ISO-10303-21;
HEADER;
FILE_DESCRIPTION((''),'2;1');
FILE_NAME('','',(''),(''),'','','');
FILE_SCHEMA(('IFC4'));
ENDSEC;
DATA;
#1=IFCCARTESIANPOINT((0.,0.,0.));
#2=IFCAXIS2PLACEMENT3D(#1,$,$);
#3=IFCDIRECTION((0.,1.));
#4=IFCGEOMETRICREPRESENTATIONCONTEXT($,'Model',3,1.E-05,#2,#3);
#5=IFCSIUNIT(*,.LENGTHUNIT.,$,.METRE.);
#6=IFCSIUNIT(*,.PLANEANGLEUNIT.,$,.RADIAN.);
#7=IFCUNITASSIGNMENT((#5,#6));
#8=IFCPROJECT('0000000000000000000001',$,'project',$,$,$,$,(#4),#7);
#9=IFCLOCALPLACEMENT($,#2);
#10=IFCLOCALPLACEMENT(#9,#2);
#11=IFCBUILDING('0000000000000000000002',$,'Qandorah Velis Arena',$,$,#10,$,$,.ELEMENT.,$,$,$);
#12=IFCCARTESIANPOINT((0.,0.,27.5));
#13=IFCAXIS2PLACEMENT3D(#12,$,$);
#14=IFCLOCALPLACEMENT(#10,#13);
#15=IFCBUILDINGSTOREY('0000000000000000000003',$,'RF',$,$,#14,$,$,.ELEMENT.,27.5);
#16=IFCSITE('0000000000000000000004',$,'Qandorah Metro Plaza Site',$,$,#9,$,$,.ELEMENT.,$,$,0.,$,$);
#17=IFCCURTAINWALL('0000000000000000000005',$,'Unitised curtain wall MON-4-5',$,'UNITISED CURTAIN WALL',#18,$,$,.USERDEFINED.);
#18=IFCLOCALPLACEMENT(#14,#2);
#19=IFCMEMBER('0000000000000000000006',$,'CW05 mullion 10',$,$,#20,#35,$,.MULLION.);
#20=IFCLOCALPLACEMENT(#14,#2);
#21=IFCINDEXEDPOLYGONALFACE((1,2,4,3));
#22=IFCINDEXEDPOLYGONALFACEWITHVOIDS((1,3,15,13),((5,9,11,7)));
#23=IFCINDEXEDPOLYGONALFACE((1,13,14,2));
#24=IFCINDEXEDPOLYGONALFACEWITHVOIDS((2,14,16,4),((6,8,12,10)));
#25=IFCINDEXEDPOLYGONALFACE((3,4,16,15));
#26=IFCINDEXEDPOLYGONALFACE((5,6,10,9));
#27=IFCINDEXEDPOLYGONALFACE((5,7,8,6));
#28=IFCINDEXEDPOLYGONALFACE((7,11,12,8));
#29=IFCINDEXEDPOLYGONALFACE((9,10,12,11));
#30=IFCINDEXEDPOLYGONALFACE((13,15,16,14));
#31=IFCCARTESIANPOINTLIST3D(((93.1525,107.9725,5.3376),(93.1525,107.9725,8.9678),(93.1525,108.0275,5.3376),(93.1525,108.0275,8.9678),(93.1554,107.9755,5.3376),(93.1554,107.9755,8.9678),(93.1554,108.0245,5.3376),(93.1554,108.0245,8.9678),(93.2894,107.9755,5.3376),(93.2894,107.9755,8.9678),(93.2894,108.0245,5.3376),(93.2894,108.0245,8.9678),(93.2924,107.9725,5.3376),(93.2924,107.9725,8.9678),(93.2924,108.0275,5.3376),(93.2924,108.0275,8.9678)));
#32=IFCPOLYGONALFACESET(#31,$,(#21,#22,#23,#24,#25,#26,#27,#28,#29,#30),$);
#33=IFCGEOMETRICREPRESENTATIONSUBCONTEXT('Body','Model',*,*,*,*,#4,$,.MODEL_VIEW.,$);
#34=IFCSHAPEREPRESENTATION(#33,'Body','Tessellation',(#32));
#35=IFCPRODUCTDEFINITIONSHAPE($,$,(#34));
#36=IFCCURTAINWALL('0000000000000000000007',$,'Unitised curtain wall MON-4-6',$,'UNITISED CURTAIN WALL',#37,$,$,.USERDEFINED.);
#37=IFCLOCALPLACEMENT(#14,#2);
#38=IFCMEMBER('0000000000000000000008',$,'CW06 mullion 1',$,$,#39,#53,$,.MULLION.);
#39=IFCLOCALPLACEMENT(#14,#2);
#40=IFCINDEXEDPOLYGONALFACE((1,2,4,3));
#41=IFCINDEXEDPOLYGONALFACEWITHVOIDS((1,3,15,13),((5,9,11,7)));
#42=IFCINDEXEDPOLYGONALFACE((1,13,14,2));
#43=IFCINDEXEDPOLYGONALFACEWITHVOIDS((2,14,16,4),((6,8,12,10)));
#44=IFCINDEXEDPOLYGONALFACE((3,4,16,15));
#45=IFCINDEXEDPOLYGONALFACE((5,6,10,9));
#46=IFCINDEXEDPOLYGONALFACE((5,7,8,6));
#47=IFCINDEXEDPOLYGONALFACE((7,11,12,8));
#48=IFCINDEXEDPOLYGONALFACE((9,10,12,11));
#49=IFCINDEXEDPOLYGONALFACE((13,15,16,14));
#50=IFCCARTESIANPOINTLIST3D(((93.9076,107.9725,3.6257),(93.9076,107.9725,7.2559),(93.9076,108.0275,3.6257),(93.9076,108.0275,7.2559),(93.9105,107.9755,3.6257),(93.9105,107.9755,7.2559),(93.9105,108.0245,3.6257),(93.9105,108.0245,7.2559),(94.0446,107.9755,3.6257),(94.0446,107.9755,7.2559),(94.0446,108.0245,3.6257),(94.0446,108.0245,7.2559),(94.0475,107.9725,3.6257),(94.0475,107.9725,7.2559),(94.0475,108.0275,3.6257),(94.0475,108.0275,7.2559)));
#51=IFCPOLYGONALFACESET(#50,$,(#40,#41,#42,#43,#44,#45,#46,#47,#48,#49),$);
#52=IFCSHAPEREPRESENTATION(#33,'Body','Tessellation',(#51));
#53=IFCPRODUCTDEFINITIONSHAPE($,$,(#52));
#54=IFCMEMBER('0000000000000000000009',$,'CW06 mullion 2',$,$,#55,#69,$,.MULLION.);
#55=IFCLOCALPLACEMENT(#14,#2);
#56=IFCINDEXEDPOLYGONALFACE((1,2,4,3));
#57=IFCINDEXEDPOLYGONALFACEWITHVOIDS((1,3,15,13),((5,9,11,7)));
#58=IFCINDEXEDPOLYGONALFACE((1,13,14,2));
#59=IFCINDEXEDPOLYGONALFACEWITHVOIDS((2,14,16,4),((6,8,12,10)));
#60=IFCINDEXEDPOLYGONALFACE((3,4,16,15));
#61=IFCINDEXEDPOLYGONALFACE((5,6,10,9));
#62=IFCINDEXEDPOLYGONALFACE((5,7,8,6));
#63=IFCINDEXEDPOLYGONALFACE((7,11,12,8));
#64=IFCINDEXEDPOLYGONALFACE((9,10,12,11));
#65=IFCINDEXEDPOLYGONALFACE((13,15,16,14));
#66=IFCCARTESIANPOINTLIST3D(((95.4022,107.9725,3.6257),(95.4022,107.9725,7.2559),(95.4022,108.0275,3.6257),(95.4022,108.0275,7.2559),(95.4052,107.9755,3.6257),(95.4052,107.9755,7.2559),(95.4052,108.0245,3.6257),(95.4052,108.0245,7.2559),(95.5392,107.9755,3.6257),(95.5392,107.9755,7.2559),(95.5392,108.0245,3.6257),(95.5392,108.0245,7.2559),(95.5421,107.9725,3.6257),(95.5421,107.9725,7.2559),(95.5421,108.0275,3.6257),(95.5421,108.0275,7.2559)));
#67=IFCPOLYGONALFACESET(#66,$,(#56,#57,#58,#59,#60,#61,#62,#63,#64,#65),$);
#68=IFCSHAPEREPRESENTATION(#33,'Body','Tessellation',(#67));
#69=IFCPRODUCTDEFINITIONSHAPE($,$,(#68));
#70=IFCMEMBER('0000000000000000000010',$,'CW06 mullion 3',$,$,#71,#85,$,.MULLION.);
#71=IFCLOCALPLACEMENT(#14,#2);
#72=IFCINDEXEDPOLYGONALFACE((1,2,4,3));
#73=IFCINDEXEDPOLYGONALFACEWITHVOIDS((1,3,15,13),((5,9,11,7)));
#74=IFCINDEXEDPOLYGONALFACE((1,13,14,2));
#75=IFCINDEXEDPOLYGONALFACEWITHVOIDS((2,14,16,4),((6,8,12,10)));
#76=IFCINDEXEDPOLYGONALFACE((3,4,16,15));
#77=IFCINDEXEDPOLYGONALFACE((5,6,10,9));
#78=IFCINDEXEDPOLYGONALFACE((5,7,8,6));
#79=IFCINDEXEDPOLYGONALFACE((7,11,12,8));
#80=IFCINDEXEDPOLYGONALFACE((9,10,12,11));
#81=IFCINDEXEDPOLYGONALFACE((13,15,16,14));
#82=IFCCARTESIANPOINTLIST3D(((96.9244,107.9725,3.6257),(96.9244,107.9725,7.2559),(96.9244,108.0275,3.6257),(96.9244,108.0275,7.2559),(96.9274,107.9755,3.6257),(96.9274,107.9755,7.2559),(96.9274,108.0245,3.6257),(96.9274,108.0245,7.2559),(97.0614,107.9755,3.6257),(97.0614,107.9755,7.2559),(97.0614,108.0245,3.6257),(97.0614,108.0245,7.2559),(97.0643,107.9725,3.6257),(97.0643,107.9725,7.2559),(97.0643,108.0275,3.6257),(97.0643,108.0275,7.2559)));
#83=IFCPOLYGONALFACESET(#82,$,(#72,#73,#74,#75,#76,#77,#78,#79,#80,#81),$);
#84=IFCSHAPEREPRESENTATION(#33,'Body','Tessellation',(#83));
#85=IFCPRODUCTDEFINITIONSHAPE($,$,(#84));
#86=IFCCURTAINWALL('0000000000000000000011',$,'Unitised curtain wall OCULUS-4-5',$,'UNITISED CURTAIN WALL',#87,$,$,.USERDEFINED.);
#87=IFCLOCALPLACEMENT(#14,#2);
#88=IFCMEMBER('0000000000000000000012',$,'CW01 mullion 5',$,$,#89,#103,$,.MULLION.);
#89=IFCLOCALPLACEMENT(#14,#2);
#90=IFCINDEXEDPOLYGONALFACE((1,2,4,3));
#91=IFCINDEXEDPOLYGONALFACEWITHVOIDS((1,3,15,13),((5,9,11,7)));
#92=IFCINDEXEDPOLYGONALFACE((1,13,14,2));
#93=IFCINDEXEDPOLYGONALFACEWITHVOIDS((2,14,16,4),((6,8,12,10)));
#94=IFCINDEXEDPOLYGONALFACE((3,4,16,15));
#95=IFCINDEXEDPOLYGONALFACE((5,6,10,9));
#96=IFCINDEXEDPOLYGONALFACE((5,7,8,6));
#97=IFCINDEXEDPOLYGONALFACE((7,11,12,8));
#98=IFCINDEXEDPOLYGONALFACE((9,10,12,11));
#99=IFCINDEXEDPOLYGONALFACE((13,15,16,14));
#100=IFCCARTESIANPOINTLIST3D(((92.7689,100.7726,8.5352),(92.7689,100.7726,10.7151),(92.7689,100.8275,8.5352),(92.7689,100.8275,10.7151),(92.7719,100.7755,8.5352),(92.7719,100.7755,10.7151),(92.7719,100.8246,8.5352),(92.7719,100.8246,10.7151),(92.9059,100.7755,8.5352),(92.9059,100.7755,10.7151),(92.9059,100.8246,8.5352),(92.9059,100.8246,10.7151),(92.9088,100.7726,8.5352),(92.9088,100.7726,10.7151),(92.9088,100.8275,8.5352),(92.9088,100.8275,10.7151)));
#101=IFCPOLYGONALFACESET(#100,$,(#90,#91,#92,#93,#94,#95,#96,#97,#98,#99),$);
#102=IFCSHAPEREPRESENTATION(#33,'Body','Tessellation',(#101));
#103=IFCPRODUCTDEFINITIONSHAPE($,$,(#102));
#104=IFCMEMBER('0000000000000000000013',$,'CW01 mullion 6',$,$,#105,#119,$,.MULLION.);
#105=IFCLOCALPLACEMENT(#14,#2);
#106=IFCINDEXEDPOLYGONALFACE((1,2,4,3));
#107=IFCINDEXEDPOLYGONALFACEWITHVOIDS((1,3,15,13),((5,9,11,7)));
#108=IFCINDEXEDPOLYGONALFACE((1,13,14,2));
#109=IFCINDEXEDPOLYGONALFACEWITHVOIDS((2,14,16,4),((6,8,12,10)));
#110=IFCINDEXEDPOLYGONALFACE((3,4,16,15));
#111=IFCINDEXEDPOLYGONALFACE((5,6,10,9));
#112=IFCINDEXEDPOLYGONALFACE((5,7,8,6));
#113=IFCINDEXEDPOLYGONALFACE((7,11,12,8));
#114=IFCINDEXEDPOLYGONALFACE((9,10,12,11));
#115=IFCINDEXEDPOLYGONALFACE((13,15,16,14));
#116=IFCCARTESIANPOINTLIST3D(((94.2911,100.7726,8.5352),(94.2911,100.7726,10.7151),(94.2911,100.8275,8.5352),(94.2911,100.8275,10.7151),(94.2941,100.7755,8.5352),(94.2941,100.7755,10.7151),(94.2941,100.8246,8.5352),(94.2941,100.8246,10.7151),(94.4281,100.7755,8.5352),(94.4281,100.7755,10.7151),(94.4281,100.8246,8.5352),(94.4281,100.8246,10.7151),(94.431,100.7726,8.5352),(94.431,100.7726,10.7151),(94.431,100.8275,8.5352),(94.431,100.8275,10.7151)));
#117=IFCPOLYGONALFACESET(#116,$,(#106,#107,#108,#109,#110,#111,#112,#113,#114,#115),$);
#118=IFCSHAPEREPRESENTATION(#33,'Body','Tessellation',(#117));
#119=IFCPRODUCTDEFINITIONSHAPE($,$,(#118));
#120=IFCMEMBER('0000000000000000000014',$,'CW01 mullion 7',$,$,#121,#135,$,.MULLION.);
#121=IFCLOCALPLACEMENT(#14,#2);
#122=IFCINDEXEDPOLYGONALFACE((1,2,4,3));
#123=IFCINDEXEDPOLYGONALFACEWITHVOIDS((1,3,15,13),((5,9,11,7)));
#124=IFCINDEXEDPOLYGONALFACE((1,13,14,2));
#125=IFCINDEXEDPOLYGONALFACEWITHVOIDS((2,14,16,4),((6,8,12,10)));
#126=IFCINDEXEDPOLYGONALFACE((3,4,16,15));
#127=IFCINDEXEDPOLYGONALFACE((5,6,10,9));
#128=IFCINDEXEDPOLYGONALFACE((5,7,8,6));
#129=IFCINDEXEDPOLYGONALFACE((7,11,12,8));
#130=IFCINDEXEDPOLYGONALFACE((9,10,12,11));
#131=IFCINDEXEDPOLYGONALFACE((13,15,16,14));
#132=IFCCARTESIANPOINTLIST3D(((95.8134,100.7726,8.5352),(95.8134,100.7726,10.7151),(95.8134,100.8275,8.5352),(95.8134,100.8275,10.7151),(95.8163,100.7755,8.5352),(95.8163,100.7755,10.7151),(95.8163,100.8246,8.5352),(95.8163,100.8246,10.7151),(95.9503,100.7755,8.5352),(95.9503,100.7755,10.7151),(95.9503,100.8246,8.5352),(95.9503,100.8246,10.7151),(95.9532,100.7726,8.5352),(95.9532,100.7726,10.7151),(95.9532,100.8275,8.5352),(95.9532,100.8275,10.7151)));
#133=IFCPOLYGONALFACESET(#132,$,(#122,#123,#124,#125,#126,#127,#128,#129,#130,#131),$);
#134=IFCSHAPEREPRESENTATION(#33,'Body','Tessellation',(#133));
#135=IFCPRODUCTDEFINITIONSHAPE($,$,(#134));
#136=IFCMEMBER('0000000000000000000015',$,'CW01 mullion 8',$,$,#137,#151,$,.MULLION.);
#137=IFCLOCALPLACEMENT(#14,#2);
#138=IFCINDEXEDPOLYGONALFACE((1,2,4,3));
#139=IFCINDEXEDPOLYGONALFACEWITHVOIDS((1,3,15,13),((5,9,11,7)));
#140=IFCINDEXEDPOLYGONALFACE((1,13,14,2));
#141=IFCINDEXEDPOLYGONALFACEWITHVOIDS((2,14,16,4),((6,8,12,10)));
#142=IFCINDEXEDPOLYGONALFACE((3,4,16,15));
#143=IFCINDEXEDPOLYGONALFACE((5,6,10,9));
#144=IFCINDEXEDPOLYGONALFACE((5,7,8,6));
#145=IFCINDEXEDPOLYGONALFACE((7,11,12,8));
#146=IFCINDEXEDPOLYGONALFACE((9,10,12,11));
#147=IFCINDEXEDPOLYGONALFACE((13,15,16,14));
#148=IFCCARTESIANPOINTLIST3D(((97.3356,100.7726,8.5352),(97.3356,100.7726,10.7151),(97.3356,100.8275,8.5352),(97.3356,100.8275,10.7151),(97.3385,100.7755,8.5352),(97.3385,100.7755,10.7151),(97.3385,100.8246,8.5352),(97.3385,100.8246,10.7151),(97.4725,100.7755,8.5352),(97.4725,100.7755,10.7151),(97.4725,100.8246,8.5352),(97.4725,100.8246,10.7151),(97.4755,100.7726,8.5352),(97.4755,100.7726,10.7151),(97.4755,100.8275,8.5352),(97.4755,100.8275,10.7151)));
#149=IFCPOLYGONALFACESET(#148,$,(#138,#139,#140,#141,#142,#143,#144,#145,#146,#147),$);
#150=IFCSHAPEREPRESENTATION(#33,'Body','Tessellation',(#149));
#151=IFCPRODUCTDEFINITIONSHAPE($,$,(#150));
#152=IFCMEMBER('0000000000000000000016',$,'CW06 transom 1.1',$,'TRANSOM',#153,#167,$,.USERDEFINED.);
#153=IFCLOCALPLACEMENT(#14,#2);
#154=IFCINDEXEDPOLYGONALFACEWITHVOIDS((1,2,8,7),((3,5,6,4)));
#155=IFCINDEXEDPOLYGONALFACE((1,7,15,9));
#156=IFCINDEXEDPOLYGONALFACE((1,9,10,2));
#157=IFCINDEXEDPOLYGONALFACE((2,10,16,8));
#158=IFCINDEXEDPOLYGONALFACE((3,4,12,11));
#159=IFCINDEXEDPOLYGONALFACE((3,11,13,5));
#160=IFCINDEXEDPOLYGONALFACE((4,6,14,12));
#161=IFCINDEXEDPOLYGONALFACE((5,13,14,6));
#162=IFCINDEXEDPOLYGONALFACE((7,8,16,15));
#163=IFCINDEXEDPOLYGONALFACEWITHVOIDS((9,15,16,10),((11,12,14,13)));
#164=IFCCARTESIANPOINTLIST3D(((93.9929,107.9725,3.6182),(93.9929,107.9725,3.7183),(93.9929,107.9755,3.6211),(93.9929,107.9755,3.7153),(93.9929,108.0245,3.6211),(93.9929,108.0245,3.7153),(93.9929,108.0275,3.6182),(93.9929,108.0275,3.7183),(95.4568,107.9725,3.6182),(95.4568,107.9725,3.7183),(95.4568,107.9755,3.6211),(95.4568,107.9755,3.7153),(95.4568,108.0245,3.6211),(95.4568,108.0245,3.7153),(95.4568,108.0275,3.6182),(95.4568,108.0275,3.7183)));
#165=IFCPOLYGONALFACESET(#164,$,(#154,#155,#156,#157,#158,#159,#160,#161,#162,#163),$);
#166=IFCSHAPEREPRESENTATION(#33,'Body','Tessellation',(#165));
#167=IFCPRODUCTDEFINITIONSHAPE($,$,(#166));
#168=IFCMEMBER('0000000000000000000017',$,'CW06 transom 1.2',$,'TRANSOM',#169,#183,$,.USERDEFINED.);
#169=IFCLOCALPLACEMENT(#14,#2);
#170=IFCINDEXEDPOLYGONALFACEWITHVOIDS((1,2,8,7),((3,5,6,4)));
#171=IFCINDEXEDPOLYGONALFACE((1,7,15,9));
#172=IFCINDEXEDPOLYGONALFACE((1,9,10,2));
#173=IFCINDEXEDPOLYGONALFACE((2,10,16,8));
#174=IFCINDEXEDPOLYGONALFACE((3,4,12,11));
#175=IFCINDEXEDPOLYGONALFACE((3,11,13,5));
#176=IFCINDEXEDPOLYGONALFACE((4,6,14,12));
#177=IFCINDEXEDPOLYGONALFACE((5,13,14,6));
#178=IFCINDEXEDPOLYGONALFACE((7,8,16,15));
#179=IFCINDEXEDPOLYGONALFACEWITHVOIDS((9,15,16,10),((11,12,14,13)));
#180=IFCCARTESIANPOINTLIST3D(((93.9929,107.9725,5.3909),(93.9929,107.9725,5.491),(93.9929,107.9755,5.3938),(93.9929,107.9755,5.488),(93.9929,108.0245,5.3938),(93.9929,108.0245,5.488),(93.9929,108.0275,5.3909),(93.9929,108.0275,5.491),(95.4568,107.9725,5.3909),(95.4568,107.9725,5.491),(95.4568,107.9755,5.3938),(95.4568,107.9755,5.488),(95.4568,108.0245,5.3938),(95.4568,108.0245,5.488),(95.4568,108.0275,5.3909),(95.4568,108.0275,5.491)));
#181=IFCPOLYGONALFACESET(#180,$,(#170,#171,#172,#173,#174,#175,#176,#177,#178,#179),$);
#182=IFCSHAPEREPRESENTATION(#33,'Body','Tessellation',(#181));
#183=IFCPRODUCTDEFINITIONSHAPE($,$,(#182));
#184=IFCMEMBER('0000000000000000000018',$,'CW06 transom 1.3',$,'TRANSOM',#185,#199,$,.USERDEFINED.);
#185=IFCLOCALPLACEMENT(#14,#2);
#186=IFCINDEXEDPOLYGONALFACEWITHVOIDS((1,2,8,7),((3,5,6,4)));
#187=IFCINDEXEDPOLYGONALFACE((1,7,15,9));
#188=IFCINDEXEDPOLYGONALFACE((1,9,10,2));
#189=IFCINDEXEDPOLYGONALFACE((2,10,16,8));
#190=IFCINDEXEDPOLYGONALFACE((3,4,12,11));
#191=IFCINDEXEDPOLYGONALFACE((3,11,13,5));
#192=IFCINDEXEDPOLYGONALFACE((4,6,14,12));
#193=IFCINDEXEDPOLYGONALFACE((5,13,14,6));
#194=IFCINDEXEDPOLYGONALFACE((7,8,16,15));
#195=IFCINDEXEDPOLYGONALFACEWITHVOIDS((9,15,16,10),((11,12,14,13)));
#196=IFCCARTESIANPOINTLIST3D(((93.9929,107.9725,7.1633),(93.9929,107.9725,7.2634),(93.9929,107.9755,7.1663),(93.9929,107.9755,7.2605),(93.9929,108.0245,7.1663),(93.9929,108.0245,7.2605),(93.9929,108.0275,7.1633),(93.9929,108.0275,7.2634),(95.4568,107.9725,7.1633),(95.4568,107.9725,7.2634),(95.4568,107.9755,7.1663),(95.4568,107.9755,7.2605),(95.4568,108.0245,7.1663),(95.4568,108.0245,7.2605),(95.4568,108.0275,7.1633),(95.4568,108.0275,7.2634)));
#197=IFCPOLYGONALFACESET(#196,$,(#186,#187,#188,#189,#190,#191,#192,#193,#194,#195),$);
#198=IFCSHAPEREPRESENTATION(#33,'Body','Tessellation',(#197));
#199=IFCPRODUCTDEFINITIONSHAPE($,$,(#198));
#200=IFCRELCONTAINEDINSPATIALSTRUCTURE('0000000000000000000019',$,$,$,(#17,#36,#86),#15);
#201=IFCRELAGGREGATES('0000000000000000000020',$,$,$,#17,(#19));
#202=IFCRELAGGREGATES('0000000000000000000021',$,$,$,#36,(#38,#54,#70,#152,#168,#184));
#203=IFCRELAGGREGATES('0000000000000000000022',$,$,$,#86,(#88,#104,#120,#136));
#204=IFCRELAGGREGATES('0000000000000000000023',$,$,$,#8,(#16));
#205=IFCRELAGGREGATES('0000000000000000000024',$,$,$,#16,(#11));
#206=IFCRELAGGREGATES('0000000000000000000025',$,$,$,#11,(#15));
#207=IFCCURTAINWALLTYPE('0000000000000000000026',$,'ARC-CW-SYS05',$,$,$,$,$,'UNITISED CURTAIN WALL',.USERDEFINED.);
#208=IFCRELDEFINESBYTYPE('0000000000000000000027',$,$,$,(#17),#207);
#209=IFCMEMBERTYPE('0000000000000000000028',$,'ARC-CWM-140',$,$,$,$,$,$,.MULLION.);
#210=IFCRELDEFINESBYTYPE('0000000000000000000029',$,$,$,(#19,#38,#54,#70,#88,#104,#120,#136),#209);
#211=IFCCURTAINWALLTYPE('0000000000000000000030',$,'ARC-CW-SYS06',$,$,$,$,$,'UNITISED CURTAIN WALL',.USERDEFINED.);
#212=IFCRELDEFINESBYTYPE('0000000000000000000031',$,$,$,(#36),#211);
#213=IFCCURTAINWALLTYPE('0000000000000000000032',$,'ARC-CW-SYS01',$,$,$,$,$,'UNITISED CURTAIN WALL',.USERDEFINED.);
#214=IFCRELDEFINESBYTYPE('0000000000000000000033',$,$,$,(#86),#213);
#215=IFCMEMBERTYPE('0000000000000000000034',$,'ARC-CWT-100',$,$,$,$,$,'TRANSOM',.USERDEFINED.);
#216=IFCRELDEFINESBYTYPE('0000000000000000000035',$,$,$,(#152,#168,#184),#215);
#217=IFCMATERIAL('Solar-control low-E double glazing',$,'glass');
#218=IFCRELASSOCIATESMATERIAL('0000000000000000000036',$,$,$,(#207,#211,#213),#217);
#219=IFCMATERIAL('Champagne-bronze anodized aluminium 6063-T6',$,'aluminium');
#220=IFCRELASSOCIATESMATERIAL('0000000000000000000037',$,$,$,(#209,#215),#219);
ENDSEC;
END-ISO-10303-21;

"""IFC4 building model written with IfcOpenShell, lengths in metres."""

from ifc_helpers import new_model, si_unit, direction, frame, origin, origin_2d, place, context, subcontext, project, spatial, hollow_rectangle, extrude, material, material_profile, profile_set, type_object, element, aggregate, save


model = new_model("IFC4")

# Units and contexts
model_context = context("Model", 3, precision=1e-05, world=origin(), true_north=direction((0.0, 1.0)))
body_context = subcontext(model_context, "Body", "Model", "MODEL_VIEW")
ifc_project = project(units=[si_unit("LENGTHUNIT", "METRE"), si_unit("PLANEANGLEUNIT", "RADIAN")], contexts=[model_context])

# Site, building, storey
site_placement = place(None, origin())
site = spatial("IfcSite", under=ifc_project, at=site_placement, Name="Qandorah Metro Plaza Site", CompositionType="ELEMENT", RefElevation=0.0)
building_placement = place(site_placement, origin())
building = spatial("IfcBuilding", under=site, at=building_placement, Name="Qandorah Velis Arena", CompositionType="ELEMENT")
storey_placement = place(building_placement, frame((0.0, 0.0, 27.5)))
storey = spatial("IfcBuildingStorey", under=building, at=storey_placement, Name="RF", CompositionType="ELEMENT", Elevation=27.5)

# Curtain wall, member
ifc_material_1 = material(Name="Solar-control low-E double glazing", Category="glass")
curtain_wall_type_1 = type_object("IfcCurtainWallType", Name="ARC-CW-SYS05", ElementType="UNITISED CURTAIN WALL", PredefinedType="USERDEFINED", material=ifc_material_1)
curtain_wall_1_placement = place(storey_placement, origin())
curtain_wall_1 = element("IfcCurtainWall", 1, at=curtain_wall_1_placement, inside=storey, type_object=curtain_wall_type_1, Name="Unitised curtain wall MON-4-5", ObjectType="UNITISED CURTAIN WALL", PredefinedType="USERDEFINED")
ifc_material_2 = material(Name="Champagne-bronze anodized aluminium 6063-T6", Category="aluminium")
ifc_material_profile_1 = material_profile(ifc_material_2, hollow_rectangle(XDim=0.0549, YDim=0.1399, WallThickness=0.0029, at=origin_2d()), Name="ALU MULLION 55x140")
ifc_profile_set_1 = profile_set([ifc_material_profile_1], Name="Champagne-bronze anodized aluminium 6063-T6")
member_type_1 = type_object("IfcMemberType", Name="ARC-CWM-140", PredefinedType="MULLION", material=ifc_profile_set_1)
member_1_placement = place(storey_placement, frame((93.2224, 108.0, 5.3376), z_axis=(0.0, 0.0, 1.0), x_axis=(0.0, 1.0, 0.0)))
member_1 = element("IfcMember", 2, at=member_1_placement, type_object=member_type_1, Name="CW05 mullion 10", PredefinedType="MULLION", context=body_context, shape_type="SweptSolid", body=[
    extrude(hollow_rectangle(XDim=0.0549, YDim=0.1399, WallThickness=0.0029, at=origin_2d()), origin(), (0.0, 0.0, 1.0), 3.6301),
])
aggregate(curtain_wall_1, [member_1])

# Curtain walls, members
curtain_wall_type_2 = type_object("IfcCurtainWallType", Name="ARC-CW-SYS06", ElementType="UNITISED CURTAIN WALL", PredefinedType="USERDEFINED", material=ifc_material_1)
curtain_wall_2_placement = place(storey_placement, origin())
curtain_wall_2 = element("IfcCurtainWall", 3, at=curtain_wall_2_placement, inside=storey, type_object=curtain_wall_type_2, Name="Unitised curtain wall MON-4-6", ObjectType="UNITISED CURTAIN WALL", PredefinedType="USERDEFINED")
member_2_placement = place(storey_placement, frame((93.9775, 108.0, 3.6257), z_axis=(0.0, 0.0, 1.0), x_axis=(0.0, 1.0, 0.0)))
member_2 = element("IfcMember", 4, at=member_2_placement, type_object=member_type_1, Name="CW06 mullion 1", PredefinedType="MULLION", context=body_context, shape_type="SweptSolid", body=[
    extrude(hollow_rectangle(XDim=0.0549, YDim=0.1399, WallThickness=0.0029, at=origin_2d()), origin(), (0.0, 0.0, 1.0), 3.6301),
])
member_3_placement = place(storey_placement, frame((95.4722, 108.0, 3.6257), z_axis=(0.0, 0.0, 1.0), x_axis=(0.0, 1.0, 0.0)))
member_3 = element("IfcMember", 5, at=member_3_placement, type_object=member_type_1, Name="CW06 mullion 2", PredefinedType="MULLION", context=body_context, shape_type="SweptSolid", body=[
    extrude(hollow_rectangle(XDim=0.0549, YDim=0.1399, WallThickness=0.0029, at=origin_2d()), origin(), (0.0, 0.0, 1.0), 3.6301),
])
member_4_placement = place(storey_placement, frame((96.9944, 108.0, 3.6257), z_axis=(0.0, 0.0, 1.0), x_axis=(0.0, 1.0, 0.0)))
member_4 = element("IfcMember", 6, at=member_4_placement, type_object=member_type_1, Name="CW06 mullion 3", PredefinedType="MULLION", context=body_context, shape_type="SweptSolid", body=[
    extrude(hollow_rectangle(XDim=0.0549, YDim=0.1399, WallThickness=0.0029, at=origin_2d()), origin(), (0.0, 0.0, 1.0), 3.6301),
])
curtain_wall_type_3 = type_object("IfcCurtainWallType", Name="ARC-CW-SYS01", ElementType="UNITISED CURTAIN WALL", PredefinedType="USERDEFINED", material=ifc_material_1)
curtain_wall_3_placement = place(storey_placement, origin())
curtain_wall_3 = element("IfcCurtainWall", 7, at=curtain_wall_3_placement, inside=storey, type_object=curtain_wall_type_3, Name="Unitised curtain wall OCULUS-4-5", ObjectType="UNITISED CURTAIN WALL", PredefinedType="USERDEFINED")
member_5_placement = place(storey_placement, frame((92.8389, 100.8, 8.5352), z_axis=(0.0, 0.0, 1.0), x_axis=(0.0, 1.0, 0.0)))
member_5 = element("IfcMember", 8, at=member_5_placement, type_object=member_type_1, Name="CW01 mullion 5", PredefinedType="MULLION", context=body_context, shape_type="SweptSolid", body=[
    extrude(hollow_rectangle(XDim=0.0549, YDim=0.1399, WallThickness=0.0029, at=origin_2d()), origin(), (0.0, 0.0, 1.0), 2.1799),
])
member_6_placement = place(storey_placement, frame((94.3611, 100.8, 8.5352), z_axis=(0.0, 0.0, 1.0), x_axis=(0.0, 1.0, 0.0)))
member_6 = element("IfcMember", 9, at=member_6_placement, type_object=member_type_1, Name="CW01 mullion 6", PredefinedType="MULLION", context=body_context, shape_type="SweptSolid", body=[
    extrude(hollow_rectangle(XDim=0.0549, YDim=0.1399, WallThickness=0.0029, at=origin_2d()), origin(), (0.0, 0.0, 1.0), 2.1799),
])
member_7_placement = place(storey_placement, frame((95.8833, 100.8, 8.5352), z_axis=(0.0, 0.0, 1.0), x_axis=(0.0, 1.0, 0.0)))
member_7 = element("IfcMember", 10, at=member_7_placement, type_object=member_type_1, Name="CW01 mullion 7", PredefinedType="MULLION", context=body_context, shape_type="SweptSolid", body=[
    extrude(hollow_rectangle(XDim=0.0549, YDim=0.1399, WallThickness=0.0029, at=origin_2d()), origin(), (0.0, 0.0, 1.0), 2.1799),
])
member_8_placement = place(storey_placement, frame((97.4055, 100.8, 8.5352), z_axis=(0.0, 0.0, 1.0), x_axis=(0.0, 1.0, 0.0)))
member_8 = element("IfcMember", 11, at=member_8_placement, type_object=member_type_1, Name="CW01 mullion 8", PredefinedType="MULLION", context=body_context, shape_type="SweptSolid", body=[
    extrude(hollow_rectangle(XDim=0.0549, YDim=0.1399, WallThickness=0.0029, at=origin_2d()), origin(), (0.0, 0.0, 1.0), 2.1799),
])

# Members
ifc_material_profile_2 = material_profile(ifc_material_2, hollow_rectangle(XDim=0.0549, YDim=0.1001, WallThickness=0.0029, at=origin_2d()), Name="ALU TRANSOM 55x100")
ifc_profile_set_2 = profile_set([ifc_material_profile_2], Name="Champagne-bronze anodized aluminium 6063-T6")
member_type_2 = type_object("IfcMemberType", Name="ARC-CWT-100", ElementType="TRANSOM", PredefinedType="USERDEFINED", material=ifc_profile_set_2)
member_9_placement = place(storey_placement, frame((93.9929, 108.0, 3.6682), z_axis=(1.0, 0.0, 0.0), x_axis=(0.0, 1.0, 0.0)))
member_9 = element("IfcMember", 12, at=member_9_placement, type_object=member_type_2, Name="CW06 transom 1.1", ObjectType="TRANSOM", PredefinedType="USERDEFINED", context=body_context, shape_type="SweptSolid", body=[
    extrude(hollow_rectangle(XDim=0.0549, YDim=0.1001, WallThickness=0.0029, at=origin_2d()), origin(), (0.0, 0.0, 1.0), 1.4639),
])
member_10_placement = place(storey_placement, frame((93.9929, 108.0, 5.4409), z_axis=(1.0, 0.0, 0.0), x_axis=(0.0, 1.0, 0.0)))
member_10 = element("IfcMember", 13, at=member_10_placement, type_object=member_type_2, Name="CW06 transom 1.2", ObjectType="TRANSOM", PredefinedType="USERDEFINED", context=body_context, shape_type="SweptSolid", body=[
    extrude(hollow_rectangle(XDim=0.0549, YDim=0.1001, WallThickness=0.0029, at=origin_2d()), origin(), (0.0, 0.0, 1.0), 1.4639),
])
member_11_placement = place(storey_placement, frame((93.9929, 108.0, 7.2134), z_axis=(1.0, 0.0, 0.0), x_axis=(0.0, 1.0, 0.0)))
member_11 = element("IfcMember", 14, at=member_11_placement, type_object=member_type_2, Name="CW06 transom 1.3", ObjectType="TRANSOM", PredefinedType="USERDEFINED", context=body_context, shape_type="SweptSolid", body=[
    extrude(hollow_rectangle(XDim=0.0549, YDim=0.1001, WallThickness=0.0029, at=origin_2d()), origin(), (0.0, 0.0, 1.0), 1.4639),
])

aggregate(curtain_wall_2, [member_2, member_3, member_4, member_9, member_10, member_11])
aggregate(curtain_wall_3, [member_5, member_6, member_7, member_8])

save(model, "model.ifc")
